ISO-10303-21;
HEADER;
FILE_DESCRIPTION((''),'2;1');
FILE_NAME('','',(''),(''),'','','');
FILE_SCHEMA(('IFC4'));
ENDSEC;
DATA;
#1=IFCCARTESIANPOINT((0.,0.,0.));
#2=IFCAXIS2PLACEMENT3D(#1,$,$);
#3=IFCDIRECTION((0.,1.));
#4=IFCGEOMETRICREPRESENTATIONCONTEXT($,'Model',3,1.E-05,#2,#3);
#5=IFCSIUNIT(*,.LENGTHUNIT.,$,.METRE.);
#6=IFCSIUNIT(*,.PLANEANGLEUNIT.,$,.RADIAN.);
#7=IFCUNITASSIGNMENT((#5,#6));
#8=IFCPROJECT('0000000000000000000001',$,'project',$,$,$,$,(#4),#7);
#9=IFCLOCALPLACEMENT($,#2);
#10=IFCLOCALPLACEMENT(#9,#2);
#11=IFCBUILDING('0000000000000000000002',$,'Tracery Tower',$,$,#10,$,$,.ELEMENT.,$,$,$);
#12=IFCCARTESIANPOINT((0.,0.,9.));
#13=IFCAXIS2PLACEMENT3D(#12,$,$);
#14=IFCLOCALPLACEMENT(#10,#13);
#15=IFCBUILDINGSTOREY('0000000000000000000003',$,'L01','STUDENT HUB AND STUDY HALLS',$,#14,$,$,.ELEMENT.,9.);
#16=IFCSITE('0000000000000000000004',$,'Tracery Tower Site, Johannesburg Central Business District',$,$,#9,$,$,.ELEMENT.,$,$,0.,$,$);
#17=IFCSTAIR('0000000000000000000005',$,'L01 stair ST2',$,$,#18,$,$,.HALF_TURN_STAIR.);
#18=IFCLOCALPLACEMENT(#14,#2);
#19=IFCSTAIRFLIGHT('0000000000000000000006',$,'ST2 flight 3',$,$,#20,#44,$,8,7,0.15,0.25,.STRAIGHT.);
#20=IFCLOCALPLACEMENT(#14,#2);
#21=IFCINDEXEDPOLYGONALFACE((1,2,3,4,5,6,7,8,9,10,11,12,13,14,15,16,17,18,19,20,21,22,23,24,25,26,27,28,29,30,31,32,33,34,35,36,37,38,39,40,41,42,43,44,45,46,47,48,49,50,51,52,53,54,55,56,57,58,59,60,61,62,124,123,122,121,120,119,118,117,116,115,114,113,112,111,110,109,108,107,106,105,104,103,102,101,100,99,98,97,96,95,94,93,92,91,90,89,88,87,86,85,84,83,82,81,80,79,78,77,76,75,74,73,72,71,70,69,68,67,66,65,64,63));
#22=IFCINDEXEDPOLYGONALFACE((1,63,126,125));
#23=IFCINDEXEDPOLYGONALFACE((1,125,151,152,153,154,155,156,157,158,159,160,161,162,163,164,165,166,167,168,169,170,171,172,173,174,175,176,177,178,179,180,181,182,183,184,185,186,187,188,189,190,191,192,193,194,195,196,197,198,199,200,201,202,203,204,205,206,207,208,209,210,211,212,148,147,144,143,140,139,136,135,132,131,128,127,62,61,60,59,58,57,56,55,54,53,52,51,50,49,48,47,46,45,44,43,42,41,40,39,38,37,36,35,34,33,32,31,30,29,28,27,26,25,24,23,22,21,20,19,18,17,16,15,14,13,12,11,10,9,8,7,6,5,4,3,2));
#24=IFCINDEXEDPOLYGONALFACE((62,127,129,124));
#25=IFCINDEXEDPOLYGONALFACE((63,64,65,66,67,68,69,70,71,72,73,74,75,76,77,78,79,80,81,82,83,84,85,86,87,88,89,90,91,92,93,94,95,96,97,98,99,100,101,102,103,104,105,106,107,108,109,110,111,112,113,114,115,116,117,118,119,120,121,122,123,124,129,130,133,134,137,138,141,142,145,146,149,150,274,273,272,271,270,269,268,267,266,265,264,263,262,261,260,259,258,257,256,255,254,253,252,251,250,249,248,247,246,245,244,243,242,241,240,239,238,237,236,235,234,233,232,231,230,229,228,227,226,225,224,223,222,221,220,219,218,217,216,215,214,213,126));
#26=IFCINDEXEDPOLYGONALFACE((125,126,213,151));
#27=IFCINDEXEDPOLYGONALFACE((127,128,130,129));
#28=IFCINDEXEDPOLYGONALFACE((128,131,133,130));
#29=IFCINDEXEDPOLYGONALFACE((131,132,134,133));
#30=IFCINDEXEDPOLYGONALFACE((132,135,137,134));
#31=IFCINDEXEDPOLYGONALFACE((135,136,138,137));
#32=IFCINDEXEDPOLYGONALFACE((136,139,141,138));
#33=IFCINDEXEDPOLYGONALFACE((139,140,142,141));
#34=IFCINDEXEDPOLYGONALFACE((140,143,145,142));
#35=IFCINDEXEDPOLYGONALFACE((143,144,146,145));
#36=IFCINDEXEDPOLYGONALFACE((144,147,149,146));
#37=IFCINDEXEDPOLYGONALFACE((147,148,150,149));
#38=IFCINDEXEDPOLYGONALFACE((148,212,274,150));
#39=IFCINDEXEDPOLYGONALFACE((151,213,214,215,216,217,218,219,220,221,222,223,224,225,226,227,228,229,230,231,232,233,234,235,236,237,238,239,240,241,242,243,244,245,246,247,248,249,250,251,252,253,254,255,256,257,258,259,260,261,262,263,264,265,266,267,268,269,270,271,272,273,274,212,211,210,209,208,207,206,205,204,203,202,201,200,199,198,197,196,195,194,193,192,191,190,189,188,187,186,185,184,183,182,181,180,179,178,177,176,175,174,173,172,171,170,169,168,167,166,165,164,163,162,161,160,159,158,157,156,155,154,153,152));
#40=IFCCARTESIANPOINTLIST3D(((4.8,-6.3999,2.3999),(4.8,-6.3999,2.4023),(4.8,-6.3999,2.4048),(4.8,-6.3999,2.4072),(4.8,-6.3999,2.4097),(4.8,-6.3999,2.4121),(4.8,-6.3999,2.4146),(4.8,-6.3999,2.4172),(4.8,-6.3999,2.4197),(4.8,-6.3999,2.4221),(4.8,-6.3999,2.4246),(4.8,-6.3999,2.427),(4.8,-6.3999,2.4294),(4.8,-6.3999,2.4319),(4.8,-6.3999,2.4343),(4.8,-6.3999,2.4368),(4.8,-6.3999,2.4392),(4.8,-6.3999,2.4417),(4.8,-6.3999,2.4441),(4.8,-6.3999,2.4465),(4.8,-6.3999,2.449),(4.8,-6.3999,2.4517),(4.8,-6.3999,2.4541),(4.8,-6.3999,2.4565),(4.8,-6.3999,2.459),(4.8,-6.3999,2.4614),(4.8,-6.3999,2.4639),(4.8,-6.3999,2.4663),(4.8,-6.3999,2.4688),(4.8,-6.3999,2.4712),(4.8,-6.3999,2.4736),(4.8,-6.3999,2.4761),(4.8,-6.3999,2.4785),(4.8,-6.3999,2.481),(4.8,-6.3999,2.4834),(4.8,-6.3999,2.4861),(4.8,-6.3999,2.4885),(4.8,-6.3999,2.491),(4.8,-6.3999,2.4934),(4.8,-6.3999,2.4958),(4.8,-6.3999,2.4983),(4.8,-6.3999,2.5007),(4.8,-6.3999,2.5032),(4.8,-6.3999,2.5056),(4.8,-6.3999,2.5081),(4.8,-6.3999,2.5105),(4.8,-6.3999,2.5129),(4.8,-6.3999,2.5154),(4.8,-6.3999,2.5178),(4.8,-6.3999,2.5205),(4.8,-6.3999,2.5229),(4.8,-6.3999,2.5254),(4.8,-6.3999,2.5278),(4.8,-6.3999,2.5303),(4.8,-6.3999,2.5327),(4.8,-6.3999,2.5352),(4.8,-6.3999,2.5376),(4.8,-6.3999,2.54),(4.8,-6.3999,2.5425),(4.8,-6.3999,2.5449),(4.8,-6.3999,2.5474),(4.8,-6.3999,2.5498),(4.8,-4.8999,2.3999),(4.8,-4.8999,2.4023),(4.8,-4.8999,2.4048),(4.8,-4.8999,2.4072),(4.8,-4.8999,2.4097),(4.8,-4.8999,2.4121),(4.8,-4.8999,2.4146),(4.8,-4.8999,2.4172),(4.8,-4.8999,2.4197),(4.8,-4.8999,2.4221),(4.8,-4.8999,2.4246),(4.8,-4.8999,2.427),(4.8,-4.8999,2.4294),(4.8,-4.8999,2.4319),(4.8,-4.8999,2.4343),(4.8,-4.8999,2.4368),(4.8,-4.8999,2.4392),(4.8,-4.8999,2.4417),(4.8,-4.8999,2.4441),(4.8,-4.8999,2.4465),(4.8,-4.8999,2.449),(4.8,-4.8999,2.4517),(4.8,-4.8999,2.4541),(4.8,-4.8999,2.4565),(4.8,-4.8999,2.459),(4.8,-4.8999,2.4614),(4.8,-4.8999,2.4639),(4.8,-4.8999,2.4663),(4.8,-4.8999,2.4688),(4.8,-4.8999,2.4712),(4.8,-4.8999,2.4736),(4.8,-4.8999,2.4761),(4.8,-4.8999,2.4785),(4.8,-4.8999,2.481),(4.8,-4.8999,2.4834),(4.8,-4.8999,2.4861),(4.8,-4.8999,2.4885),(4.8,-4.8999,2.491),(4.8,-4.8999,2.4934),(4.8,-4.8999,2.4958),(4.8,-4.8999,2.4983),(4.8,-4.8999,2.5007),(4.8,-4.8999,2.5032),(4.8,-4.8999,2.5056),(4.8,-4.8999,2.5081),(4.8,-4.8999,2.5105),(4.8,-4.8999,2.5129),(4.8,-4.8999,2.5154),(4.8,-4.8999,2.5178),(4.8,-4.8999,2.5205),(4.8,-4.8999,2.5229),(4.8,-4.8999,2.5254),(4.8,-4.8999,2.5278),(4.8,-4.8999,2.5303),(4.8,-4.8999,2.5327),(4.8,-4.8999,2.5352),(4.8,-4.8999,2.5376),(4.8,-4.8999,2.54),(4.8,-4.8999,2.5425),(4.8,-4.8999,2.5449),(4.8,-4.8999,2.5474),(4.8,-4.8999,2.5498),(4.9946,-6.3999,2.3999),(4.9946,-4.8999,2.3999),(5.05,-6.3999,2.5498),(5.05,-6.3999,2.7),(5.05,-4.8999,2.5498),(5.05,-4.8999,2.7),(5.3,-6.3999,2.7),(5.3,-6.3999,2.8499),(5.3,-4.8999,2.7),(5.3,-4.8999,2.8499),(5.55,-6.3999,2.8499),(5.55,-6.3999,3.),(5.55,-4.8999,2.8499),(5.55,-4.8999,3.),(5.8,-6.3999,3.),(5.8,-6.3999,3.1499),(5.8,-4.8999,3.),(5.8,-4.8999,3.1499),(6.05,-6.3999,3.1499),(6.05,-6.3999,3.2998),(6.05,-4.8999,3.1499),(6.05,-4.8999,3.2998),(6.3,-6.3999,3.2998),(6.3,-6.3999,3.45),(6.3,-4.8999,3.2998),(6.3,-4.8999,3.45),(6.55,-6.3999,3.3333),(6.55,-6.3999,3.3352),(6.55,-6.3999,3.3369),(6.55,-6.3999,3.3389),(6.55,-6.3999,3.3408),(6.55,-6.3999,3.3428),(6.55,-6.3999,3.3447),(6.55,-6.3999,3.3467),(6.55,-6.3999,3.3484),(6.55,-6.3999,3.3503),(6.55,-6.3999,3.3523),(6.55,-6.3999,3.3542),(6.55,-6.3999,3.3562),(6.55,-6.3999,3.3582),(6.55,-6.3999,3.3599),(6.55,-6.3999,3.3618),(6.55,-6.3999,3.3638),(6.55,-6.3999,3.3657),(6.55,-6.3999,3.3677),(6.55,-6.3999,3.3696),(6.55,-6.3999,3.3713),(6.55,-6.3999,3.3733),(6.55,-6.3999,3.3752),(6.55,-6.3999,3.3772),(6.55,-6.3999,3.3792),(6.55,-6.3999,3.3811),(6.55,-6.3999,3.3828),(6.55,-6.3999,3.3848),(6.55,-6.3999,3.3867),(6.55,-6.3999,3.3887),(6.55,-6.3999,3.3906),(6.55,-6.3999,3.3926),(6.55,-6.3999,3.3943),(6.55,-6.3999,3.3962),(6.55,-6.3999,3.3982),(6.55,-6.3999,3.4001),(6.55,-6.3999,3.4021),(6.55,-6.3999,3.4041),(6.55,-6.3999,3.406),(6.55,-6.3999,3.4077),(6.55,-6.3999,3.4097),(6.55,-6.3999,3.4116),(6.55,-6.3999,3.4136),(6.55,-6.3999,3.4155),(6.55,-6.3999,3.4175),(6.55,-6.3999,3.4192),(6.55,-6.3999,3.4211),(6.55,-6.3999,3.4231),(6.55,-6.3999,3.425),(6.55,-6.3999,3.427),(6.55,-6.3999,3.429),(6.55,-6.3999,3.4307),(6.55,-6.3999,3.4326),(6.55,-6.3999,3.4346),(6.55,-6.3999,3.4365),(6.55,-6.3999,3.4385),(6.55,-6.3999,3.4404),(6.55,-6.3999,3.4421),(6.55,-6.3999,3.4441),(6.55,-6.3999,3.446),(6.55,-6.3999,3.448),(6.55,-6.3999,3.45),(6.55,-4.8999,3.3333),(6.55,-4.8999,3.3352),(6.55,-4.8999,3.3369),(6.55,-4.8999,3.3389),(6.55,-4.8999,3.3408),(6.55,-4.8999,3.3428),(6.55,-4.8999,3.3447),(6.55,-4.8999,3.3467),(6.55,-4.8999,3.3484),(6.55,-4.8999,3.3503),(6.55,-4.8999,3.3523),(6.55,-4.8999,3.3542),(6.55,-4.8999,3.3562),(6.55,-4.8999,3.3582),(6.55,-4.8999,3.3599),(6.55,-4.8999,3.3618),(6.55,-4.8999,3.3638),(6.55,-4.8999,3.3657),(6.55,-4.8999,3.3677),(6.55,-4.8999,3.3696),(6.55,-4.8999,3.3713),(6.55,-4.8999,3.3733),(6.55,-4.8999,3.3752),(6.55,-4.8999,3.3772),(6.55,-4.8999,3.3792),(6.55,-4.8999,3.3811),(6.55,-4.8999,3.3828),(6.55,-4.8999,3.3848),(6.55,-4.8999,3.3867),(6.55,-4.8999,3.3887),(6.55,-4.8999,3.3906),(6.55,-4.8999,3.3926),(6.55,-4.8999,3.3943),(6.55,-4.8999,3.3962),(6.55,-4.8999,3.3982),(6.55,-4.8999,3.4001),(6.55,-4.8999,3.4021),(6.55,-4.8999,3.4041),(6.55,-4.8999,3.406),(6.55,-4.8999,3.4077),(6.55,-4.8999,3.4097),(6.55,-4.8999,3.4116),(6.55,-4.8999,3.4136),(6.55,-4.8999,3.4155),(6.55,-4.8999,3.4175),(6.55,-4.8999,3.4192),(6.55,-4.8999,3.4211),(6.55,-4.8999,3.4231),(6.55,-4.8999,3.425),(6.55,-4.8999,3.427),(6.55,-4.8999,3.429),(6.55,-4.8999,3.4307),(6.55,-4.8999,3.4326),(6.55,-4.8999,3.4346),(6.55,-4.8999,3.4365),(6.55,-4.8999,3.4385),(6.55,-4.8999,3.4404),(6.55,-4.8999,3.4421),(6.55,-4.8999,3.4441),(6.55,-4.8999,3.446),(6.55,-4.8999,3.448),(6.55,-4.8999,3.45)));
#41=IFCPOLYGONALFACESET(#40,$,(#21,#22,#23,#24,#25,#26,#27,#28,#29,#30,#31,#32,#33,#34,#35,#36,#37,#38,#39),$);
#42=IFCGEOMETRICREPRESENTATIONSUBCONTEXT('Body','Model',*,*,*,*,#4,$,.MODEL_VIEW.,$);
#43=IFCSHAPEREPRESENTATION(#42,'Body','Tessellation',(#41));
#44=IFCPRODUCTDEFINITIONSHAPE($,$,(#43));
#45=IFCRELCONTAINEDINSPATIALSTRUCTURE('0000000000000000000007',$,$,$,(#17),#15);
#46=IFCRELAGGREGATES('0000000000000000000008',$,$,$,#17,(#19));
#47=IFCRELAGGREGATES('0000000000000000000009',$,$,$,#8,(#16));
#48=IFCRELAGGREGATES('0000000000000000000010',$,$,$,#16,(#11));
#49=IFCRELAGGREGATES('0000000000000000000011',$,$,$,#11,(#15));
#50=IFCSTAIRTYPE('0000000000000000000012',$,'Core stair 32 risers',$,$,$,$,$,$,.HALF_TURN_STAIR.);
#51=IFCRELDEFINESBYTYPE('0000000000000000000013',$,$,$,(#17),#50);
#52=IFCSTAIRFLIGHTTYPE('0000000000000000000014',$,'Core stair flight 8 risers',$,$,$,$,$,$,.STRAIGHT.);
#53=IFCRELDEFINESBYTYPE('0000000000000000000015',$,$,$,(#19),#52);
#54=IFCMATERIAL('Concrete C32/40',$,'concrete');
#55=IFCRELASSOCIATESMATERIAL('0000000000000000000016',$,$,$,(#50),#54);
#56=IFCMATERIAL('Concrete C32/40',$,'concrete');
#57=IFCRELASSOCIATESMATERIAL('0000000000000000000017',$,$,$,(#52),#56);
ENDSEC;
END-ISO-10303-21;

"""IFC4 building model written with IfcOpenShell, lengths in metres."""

from ifc_helpers import new_model, si_unit, direction, frame, origin, place, context, subcontext, project, spatial, polyline, outline, extrude, material, type_object, element, aggregate, save


model = new_model("IFC4")

# Units and contexts
model_context = context("Model", 3, precision=1e-05, world=origin(), true_north=direction((0.0, 1.0)))
body_context = subcontext(model_context, "Body", "Model", "MODEL_VIEW")
ifc_project = project(units=[si_unit("LENGTHUNIT", "METRE"), si_unit("PLANEANGLEUNIT", "RADIAN")], contexts=[model_context])

# Site, building, storey
site_placement = place(None, origin())
site = spatial("IfcSite", under=ifc_project, at=site_placement, Name="Tracery Tower Site, Johannesburg Central Business District", CompositionType="ELEMENT", RefElevation=0.0)
building_placement = place(site_placement, origin())
building = spatial("IfcBuilding", under=site, at=building_placement, Name="Tracery Tower", CompositionType="ELEMENT")
storey_placement = place(building_placement, frame((0.0, 0.0, 9.0)))
storey = spatial("IfcBuildingStorey", under=building, at=storey_placement, Name="L01", Description="STUDENT HUB AND STUDY HALLS", CompositionType="ELEMENT", Elevation=9.0)

# Stair, stair flight
ifc_material_1 = material(Name="Concrete C32/40", Category="concrete")
stair_type = type_object("IfcStairType", Name="Core stair 32 risers", PredefinedType="HALF_TURN_STAIR", material=ifc_material_1)
stair_placement = place(storey_placement, origin())
stair = element("IfcStair", 1, at=stair_placement, inside=storey, type_object=stair_type, Name="L01 stair ST2", PredefinedType="HALF_TURN_STAIR")
ifc_material_2 = material(Name="Concrete C32/40", Category="concrete")
stair_flight_type = type_object("IfcStairFlightType", Name="Core stair flight 8 risers", PredefinedType="STRAIGHT", material=ifc_material_2)
stair_flight_1_placement = place(storey_placement, frame((4.8, -5.6499, 2.3999), z_axis=(0.0, 0.0, 1.0), x_axis=(1.0, 0.0, 0.0)))
stair_flight_1 = element("IfcStairFlight", 2, at=stair_flight_1_placement, type_object=stair_flight_type, Name="ST2 flight 3", NumberOfRisers=8, NumberOfTreads=7, PredefinedType="STRAIGHT", RiserHeight=0.15, TreadLength=0.25, context=body_context, shape_type="SweptSolid", body=[
    extrude(outline(polyline([(0.0, 0.0), (0.0, 0.0024), (0.0, 0.0049), (0.0, 0.0073), (0.0, 0.0098), (0.0, 0.0122), (0.0, 0.0146), (0.0, 0.0173), (0.0, 0.0198), (0.0, 0.0222), (0.0, 0.0247), (0.0, 0.0271), (0.0, 0.0295), (0.0, 0.032), (0.0, 0.0344), (0.0, 0.0369), (0.0, 0.0393), (0.0, 0.0417), (0.0, 0.0442), (0.0, 0.0466), (0.0, 0.0491), (0.0, 0.0518), (0.0, 0.0542), (0.0, 0.0566), (0.0, 0.0591), (0.0, 0.0615), (0.0, 0.064), (0.0, 0.0664), (0.0, 0.0688), (0.0, 0.0713), (0.0, 0.0737), (0.0, 0.0762), (0.0, 0.0786), (0.0, 0.0811), (0.0, 0.0835), (0.0, 0.0862), (0.0, 0.0886), (0.0, 0.0911), (0.0, 0.0935), (0.0, 0.0959), (0.0, 0.0984), (0.0, 0.1008), (0.0, 0.1033), (0.0, 0.1057), (0.0, 0.1082), (0.0, 0.1106), (0.0, 0.113), (0.0, 0.1155), (0.0, 0.1179), (0.0, 0.1206), (0.0, 0.123), (0.0, 0.1255), (0.0, 0.1279), (0.0, 0.1304), (0.0, 0.1328), (0.0, 0.1353), (0.0, 0.1377), (0.0, 0.1401), (0.0, 0.1426), (0.0, 0.145), (0.0, 0.1475), (0.0, 0.1499), (0.25, 0.1499), (0.25, 0.3), (0.5, 0.3), (0.5, 0.45), (0.75, 0.45), (0.75, 0.6001), (1.0, 0.6001), (1.0, 0.75), (1.25, 0.75), (1.25, 0.8999), (1.5, 0.8999), (1.5, 1.05), (1.75, 1.05), (1.75, 1.0481), (1.75, 1.0461), (1.75, 1.0442), (1.75, 1.0422), (1.75, 1.0405), (1.75, 1.0386), (1.75, 1.0366), (1.75, 1.0347), (1.75, 1.0327), (1.75, 1.0308), (1.75, 1.0291), (1.75, 1.0271), (1.75, 1.0251), (1.75, 1.0232), (1.75, 1.0212), (1.75, 1.0193), (1.75, 1.0176), (1.75, 1.0156), (1.75, 1.0137), (1.75, 1.0117), (1.75, 1.0098), (1.75, 1.0078), (1.75, 1.0061), (1.75, 1.0042), (1.75, 1.0022), (1.75, 1.0002), (1.75, 0.9983), (1.75, 0.9963), (1.75, 0.9944), (1.75, 0.9927), (1.75, 0.9907), (1.75, 0.9888), (1.75, 0.9868), (1.75, 0.9849), (1.75, 0.9829), (1.75, 0.9812), (1.75, 0.9792), (1.75, 0.9773), (1.75, 0.9753), (1.75, 0.9734), (1.75, 0.9714), (1.75, 0.9697), (1.75, 0.9678), (1.75, 0.9658), (1.75, 0.9639), (1.75, 0.9619), (1.75, 0.96), (1.75, 0.9583), (1.75, 0.9563), (1.75, 0.9543), (1.75, 0.9524), (1.75, 0.9504), (1.75, 0.9485), (1.75, 0.9468), (1.75, 0.9448), (1.75, 0.9429), (1.75, 0.9409), (1.75, 0.939), (1.75, 0.937), (1.75, 0.9353), (1.75, 0.9333), (0.1946, 0.0), (0.0, 0.0)])), frame((0.0, 0.75, 0.0), z_axis=(0.0, -1.0, 0.0), x_axis=(1.0, 0.0, 0.0)), (0.0, 0.0, 1.0), 1.5),
])
aggregate(stair, [stair_flight_1])

save(model, "model.ifc")
